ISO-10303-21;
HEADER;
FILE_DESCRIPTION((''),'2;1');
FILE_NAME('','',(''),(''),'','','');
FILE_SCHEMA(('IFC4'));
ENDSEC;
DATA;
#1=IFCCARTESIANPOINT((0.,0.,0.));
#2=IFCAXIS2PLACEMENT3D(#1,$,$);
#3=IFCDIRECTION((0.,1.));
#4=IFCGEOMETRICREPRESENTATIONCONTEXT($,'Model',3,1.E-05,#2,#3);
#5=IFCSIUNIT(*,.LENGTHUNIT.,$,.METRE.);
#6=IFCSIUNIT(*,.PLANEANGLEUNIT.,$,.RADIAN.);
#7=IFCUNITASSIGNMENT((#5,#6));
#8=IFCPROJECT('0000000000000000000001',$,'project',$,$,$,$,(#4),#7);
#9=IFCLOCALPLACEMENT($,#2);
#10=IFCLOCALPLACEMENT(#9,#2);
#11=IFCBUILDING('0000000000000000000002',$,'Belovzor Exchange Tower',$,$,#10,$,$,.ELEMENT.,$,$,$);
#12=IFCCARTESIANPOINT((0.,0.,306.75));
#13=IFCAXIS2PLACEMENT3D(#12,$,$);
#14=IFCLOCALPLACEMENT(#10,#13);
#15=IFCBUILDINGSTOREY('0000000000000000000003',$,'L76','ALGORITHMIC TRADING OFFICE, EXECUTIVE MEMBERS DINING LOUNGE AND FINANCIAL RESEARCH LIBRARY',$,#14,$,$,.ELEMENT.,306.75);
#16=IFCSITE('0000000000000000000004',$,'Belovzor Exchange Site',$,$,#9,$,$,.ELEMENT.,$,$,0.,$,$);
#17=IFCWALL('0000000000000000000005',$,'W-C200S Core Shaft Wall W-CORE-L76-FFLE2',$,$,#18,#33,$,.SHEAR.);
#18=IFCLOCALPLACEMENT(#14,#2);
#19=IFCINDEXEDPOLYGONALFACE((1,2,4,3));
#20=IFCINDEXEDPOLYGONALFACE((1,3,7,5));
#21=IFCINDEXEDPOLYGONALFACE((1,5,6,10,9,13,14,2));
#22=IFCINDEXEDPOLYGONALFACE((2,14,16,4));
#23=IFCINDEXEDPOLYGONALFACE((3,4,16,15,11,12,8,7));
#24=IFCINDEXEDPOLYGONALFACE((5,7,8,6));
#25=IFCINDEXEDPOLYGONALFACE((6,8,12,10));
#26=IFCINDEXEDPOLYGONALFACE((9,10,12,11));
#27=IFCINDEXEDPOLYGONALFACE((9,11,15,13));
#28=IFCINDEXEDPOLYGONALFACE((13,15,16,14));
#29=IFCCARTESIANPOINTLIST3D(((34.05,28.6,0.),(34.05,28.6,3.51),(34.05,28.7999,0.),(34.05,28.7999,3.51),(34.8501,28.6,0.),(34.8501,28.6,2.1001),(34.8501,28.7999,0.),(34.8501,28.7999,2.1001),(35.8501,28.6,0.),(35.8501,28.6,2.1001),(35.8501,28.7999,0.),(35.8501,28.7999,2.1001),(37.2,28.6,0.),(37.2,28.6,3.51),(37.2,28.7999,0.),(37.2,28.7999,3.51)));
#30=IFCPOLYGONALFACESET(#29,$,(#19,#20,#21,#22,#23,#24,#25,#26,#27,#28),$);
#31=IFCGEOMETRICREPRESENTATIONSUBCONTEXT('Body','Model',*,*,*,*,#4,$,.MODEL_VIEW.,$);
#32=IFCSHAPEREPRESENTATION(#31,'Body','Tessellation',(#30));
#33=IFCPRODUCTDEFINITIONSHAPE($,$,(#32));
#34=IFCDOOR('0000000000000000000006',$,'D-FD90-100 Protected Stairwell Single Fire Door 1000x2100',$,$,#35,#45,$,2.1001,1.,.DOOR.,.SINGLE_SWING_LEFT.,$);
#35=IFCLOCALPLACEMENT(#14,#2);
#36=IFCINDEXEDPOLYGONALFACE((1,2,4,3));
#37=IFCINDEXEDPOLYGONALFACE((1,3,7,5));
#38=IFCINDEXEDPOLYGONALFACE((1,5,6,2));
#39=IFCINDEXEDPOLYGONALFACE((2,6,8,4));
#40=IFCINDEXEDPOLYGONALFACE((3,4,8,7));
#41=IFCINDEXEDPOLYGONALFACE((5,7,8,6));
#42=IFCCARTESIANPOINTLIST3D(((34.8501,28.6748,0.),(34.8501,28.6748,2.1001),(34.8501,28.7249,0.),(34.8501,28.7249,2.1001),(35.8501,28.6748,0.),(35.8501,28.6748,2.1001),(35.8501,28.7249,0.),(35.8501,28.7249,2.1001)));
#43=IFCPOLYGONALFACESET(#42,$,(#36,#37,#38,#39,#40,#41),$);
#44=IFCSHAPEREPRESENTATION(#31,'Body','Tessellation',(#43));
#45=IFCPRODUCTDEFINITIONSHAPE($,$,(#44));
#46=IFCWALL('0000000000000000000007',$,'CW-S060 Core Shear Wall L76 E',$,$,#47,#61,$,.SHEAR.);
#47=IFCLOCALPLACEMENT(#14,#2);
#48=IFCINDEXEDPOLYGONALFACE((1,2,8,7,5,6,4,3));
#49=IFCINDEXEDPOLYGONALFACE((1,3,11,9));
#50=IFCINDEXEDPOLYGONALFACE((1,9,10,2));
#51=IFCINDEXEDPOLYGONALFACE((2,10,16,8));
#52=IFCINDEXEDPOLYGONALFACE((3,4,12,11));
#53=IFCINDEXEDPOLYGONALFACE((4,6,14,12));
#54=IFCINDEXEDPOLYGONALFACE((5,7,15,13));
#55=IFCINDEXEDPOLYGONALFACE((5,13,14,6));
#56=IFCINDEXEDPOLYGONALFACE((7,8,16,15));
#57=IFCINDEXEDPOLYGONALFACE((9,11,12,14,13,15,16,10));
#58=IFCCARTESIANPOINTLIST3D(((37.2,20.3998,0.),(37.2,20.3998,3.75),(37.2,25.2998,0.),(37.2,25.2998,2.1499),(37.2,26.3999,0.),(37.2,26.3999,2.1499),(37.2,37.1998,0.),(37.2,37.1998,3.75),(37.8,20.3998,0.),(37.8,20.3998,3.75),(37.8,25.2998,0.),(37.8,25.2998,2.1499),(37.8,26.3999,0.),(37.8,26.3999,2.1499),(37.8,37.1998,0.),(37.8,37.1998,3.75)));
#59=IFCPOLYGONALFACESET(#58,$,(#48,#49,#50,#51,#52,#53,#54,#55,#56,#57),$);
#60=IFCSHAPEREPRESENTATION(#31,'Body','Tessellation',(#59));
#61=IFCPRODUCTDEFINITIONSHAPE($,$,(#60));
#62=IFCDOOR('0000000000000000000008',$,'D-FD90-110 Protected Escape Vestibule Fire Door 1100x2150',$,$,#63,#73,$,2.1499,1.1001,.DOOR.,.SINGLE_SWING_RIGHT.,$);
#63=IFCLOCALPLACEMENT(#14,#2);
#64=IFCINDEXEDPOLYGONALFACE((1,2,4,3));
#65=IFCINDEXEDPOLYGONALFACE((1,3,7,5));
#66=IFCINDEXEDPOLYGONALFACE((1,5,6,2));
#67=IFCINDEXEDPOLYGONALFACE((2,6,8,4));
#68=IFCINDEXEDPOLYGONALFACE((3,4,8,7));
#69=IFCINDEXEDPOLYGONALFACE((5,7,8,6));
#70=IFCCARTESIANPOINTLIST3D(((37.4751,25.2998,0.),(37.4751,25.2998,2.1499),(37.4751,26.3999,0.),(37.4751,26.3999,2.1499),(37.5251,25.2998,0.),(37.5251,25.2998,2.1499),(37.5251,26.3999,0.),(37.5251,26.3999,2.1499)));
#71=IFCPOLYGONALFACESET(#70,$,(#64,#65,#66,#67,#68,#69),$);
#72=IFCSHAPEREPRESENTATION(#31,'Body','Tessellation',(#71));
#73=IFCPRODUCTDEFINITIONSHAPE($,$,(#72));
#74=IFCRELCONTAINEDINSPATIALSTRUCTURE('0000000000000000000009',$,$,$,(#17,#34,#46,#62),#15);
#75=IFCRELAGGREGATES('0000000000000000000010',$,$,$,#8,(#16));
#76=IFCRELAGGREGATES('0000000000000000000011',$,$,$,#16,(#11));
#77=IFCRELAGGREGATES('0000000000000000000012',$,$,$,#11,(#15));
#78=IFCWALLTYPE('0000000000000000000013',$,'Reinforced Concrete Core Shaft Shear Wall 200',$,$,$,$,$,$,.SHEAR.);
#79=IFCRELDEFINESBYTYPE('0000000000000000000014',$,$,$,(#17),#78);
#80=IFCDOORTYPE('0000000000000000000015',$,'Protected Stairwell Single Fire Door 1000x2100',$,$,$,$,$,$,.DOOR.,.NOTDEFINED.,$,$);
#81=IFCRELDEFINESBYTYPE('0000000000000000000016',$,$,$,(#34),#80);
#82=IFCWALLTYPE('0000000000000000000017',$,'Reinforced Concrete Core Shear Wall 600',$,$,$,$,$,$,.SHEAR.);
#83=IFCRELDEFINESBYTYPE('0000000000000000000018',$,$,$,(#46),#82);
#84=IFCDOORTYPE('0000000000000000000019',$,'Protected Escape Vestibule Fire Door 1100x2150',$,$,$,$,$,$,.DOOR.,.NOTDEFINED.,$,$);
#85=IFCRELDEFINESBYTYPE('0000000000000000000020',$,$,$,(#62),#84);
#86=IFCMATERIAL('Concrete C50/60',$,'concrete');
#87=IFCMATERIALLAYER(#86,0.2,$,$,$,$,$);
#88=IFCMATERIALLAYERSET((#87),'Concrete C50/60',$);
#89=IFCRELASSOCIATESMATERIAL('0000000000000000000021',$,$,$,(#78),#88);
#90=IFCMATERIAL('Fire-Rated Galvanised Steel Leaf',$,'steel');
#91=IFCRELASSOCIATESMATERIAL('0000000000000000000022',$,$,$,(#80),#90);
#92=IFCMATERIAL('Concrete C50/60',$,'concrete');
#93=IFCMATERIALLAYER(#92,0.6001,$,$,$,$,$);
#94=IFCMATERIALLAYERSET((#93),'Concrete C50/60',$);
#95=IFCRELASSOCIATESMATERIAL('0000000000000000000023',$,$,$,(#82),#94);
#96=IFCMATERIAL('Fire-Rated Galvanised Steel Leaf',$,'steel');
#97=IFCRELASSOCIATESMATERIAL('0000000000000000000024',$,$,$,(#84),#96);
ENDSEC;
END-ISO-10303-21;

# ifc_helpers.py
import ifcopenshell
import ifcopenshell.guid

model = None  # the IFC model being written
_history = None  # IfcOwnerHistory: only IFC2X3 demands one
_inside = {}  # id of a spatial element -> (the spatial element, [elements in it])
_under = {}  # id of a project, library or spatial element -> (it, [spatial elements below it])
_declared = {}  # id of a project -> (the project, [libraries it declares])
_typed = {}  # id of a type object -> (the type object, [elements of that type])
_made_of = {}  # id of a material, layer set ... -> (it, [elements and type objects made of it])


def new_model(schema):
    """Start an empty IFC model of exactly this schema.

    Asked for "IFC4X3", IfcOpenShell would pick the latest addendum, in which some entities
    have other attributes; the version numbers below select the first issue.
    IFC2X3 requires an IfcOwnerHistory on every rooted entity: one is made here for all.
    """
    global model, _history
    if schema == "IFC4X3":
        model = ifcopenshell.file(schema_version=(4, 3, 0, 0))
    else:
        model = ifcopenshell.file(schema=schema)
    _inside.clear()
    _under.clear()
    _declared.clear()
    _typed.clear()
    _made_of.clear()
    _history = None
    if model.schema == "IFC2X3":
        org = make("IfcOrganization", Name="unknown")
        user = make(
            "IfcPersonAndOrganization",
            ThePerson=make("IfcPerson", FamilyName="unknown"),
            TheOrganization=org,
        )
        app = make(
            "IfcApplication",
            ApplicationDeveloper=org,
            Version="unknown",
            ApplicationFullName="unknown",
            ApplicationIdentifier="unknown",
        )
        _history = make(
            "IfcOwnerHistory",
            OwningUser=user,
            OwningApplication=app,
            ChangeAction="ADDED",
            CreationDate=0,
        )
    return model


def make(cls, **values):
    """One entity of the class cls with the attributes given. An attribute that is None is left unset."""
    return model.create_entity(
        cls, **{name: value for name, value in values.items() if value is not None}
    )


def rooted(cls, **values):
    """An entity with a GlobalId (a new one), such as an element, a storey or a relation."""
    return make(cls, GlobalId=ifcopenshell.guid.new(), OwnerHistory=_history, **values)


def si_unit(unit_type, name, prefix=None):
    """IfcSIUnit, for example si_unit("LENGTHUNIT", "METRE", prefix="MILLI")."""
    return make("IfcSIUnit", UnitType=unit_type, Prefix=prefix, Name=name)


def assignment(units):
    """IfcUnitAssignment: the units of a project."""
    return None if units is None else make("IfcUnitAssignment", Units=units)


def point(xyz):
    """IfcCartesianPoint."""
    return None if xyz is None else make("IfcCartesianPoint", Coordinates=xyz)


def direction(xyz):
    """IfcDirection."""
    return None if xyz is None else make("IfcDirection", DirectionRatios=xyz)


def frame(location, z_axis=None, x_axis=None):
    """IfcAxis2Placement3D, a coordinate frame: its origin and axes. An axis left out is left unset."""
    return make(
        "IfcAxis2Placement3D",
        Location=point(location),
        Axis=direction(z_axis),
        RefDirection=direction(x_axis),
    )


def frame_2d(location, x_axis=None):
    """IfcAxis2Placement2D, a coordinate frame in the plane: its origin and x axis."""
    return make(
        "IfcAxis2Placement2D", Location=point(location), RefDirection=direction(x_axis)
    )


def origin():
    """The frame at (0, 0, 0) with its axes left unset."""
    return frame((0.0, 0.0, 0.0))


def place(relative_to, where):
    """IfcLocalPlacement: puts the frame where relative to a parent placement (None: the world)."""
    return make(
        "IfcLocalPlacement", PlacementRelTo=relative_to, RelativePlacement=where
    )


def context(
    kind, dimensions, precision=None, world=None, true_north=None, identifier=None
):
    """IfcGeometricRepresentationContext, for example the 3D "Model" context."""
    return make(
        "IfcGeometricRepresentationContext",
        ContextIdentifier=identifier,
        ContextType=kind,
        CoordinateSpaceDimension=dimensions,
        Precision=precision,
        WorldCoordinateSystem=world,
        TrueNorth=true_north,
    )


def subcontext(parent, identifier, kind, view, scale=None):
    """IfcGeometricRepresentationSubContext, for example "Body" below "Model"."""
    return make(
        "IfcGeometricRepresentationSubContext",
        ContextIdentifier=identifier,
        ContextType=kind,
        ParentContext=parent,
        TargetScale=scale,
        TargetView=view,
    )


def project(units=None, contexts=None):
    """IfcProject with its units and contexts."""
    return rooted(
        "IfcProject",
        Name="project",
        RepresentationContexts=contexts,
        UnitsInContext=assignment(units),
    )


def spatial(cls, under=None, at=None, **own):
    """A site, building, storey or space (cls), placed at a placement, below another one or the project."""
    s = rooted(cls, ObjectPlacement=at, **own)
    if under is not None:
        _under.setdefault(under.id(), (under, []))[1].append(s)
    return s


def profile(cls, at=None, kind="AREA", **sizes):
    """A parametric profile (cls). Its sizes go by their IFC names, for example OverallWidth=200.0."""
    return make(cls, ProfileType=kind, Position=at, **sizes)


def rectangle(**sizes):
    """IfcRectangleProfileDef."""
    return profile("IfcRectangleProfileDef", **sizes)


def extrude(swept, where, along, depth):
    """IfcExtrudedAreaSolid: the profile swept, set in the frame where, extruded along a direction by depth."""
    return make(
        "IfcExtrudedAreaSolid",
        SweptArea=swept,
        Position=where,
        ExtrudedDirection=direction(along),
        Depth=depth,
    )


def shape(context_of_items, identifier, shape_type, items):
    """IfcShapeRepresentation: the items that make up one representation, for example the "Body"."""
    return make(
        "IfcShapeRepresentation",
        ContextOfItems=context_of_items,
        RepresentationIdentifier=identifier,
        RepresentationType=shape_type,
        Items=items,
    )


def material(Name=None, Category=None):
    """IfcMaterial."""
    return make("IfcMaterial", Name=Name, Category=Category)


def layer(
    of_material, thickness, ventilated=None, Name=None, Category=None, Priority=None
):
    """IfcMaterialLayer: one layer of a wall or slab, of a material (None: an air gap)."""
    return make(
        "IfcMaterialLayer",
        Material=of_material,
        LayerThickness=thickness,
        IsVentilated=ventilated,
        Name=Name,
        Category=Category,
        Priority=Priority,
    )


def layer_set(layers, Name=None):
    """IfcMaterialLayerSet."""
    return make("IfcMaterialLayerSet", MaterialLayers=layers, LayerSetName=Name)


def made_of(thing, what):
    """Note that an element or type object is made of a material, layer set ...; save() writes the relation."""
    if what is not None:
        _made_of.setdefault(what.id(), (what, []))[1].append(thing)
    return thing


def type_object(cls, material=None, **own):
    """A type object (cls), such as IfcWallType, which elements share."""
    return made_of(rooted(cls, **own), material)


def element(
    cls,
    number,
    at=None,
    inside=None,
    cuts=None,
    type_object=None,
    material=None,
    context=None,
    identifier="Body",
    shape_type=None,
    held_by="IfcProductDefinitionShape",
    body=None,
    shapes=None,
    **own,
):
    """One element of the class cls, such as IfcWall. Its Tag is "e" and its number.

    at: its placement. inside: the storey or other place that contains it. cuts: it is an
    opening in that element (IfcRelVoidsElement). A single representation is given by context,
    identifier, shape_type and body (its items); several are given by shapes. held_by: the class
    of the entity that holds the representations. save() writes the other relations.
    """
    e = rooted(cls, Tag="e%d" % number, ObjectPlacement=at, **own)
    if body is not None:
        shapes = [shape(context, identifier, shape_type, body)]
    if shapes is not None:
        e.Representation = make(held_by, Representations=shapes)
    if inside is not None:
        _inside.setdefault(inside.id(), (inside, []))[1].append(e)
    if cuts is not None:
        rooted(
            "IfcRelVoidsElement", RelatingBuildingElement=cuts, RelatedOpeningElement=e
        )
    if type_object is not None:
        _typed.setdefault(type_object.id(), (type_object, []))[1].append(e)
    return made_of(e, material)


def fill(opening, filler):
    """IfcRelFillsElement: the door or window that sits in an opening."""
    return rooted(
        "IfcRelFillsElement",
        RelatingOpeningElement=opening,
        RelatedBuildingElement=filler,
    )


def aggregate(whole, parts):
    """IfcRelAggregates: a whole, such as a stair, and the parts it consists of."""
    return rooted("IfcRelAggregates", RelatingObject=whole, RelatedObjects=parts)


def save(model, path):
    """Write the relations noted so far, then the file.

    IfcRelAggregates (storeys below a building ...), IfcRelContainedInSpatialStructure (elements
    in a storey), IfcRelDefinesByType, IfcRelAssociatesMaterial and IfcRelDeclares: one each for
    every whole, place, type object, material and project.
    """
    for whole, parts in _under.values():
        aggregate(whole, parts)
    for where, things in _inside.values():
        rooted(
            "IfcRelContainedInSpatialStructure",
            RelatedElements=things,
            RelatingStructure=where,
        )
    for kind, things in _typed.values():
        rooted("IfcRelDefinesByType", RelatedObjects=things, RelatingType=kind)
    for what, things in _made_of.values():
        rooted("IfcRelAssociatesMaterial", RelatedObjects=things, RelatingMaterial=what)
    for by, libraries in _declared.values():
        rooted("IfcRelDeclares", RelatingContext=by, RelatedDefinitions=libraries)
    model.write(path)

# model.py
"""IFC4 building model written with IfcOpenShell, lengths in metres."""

from ifc_helpers import new_model, si_unit, direction, frame, frame_2d, origin, place, context, subcontext, project, spatial, rectangle, extrude, material, layer, layer_set, type_object, element, fill, save


model = new_model("IFC4")

# Units and contexts
model_context = context("Model", 3, precision=1e-05, world=origin(), true_north=direction((0.0, 1.0)))
body_context = subcontext(model_context, "Body", "Model", "MODEL_VIEW")
ifc_project = project(units=[si_unit("LENGTHUNIT", "METRE"), si_unit("PLANEANGLEUNIT", "RADIAN")], contexts=[model_context])

# Site, building, storey
site_placement = place(None, origin())
site = spatial("IfcSite", under=ifc_project, at=site_placement, Name="Belovzor Exchange Site", CompositionType="ELEMENT", RefElevation=0.0)
building_placement = place(site_placement, origin())
building = spatial("IfcBuilding", under=site, at=building_placement, Name="Belovzor Exchange Tower", CompositionType="ELEMENT")
storey_placement = place(building_placement, frame((0.0, 0.0, 306.75)))
storey = spatial("IfcBuildingStorey", under=building, at=storey_placement, Name="L76", Description="ALGORITHMIC TRADING OFFICE, EXECUTIVE MEMBERS DINING LOUNGE AND FINANCIAL RESEARCH LIBRARY", CompositionType="ELEMENT", Elevation=306.75)

# Walls, openings, doors
ifc_material_1 = material(Name="Concrete C50/60", Category="concrete")
ifc_layer_1 = layer(ifc_material_1, 0.2)
ifc_layer_set_1 = layer_set([ifc_layer_1], Name="Concrete C50/60")
wall_type_1 = type_object("IfcWallType", Name="Reinforced Concrete Core Shaft Shear Wall 200", PredefinedType="SHEAR", material=ifc_layer_set_1)
wall_1_placement = place(storey_placement, frame((34.05, 28.7, 0.0), z_axis=(0.0, 0.0, 1.0), x_axis=(1.0, 0.0, 0.0)))
wall_1 = element("IfcWall", 1, at=wall_1_placement, inside=storey, type_object=wall_type_1, Name="W-C200S Core Shaft Wall W-CORE-L76-FFLE2", PredefinedType="SHEAR", context=body_context, shape_type="SweptSolid", body=[
    extrude(rectangle(XDim=3.1499, YDim=0.2, at=frame_2d((1.575, 0.0))), origin(), (0.0, 0.0, 1.0), 3.51),
])
opening_1_placement = place(wall_1_placement, frame((0.8, 0.0, 0.0)))
opening_1 = element("IfcOpeningElement", 2, at=opening_1_placement, cuts=wall_1, PredefinedType="OPENING", context=body_context, shape_type="SweptSolid", body=[
    extrude(rectangle(XDim=1.0, YDim=2.1001, at=frame_2d((0.5, 1.05))), frame((0.0, 0.1099, 0.0), z_axis=(0.0, -1.0, 0.0), x_axis=(1.0, 0.0, 0.0)), (0.0, 0.0, 1.0), 0.22),
])
ifc_material_2 = material(Name="Fire-Rated Galvanised Steel Leaf", Category="steel")
door_type_1 = type_object("IfcDoorType", Name="Protected Stairwell Single Fire Door 1000x2100", OperationType="NOTDEFINED", PredefinedType="DOOR", material=ifc_material_2)
door_1_placement = place(opening_1_placement, origin())
door_1 = element("IfcDoor", 3, at=door_1_placement, inside=storey, type_object=door_type_1, Name="D-FD90-100 Protected Stairwell Single Fire Door 1000x2100", OperationType="SINGLE_SWING_LEFT", OverallHeight=2.1001, OverallWidth=1.0, PredefinedType="DOOR", context=body_context, shape_type="SweptSolid", body=[
    extrude(rectangle(XDim=1.0, YDim=2.1001, at=frame_2d((0.5, 1.05))), frame((0.0, 0.0249, 0.0), z_axis=(0.0, -1.0, 0.0), x_axis=(1.0, 0.0, 0.0)), (0.0, 0.0, 1.0), 0.05),
])
fill(opening_1, door_1)
ifc_material_3 = material(Name="Concrete C50/60", Category="concrete")
ifc_layer_2 = layer(ifc_material_3, 0.6001)
ifc_layer_set_2 = layer_set([ifc_layer_2], Name="Concrete C50/60")
wall_type_2 = type_object("IfcWallType", Name="Reinforced Concrete Core Shear Wall 600", PredefinedType="SHEAR", material=ifc_layer_set_2)
wall_2_placement = place(storey_placement, frame((37.5, 20.3999, 0.0), z_axis=(0.0, 0.0, 1.0), x_axis=(0.0, 1.0, 0.0)))
wall_2 = element("IfcWall", 4, at=wall_2_placement, inside=storey, type_object=wall_type_2, Name="CW-S060 Core Shear Wall L76 E", PredefinedType="SHEAR", context=body_context, shape_type="SweptSolid", body=[
    extrude(rectangle(XDim=16.8, YDim=0.6001, at=frame_2d((8.3999, 0.0))), origin(), (0.0, 0.0, 1.0), 3.75),
])
opening_2_placement = place(wall_2_placement, frame((4.8999, 0.0, 0.0)))
opening_2 = element("IfcOpeningElement", 5, at=opening_2_placement, cuts=wall_2, PredefinedType="OPENING", context=body_context, shape_type="SweptSolid", body=[
    extrude(rectangle(XDim=1.1001, YDim=2.1499, at=frame_2d((0.55, 1.075))), frame((0.0, 0.3101, 0.0), z_axis=(0.0, -1.0, 0.0), x_axis=(1.0, 0.0, 0.0)), (0.0, 0.0, 1.0), 0.6201),
])
ifc_material_4 = material(Name="Fire-Rated Galvanised Steel Leaf", Category="steel")
door_type_2 = type_object("IfcDoorType", Name="Protected Escape Vestibule Fire Door 1100x2150", OperationType="NOTDEFINED", PredefinedType="DOOR", material=ifc_material_4)
door_2_placement = place(opening_2_placement, origin())
door_2 = element("IfcDoor", 6, at=door_2_placement, inside=storey, type_object=door_type_2, Name="D-FD90-110 Protected Escape Vestibule Fire Door 1100x2150", OperationType="SINGLE_SWING_RIGHT", OverallHeight=2.1499, OverallWidth=1.1001, PredefinedType="DOOR", context=body_context, shape_type="SweptSolid", body=[
    extrude(rectangle(XDim=1.1001, YDim=2.1499, at=frame_2d((0.55, 1.075))), frame((0.0, 0.0249, 0.0), z_axis=(0.0, -1.0, 0.0), x_axis=(1.0, 0.0, 0.0)), (0.0, 0.0, 1.0), 0.05),
])
fill(opening_2, door_2)

save(model, "model.ifc")
